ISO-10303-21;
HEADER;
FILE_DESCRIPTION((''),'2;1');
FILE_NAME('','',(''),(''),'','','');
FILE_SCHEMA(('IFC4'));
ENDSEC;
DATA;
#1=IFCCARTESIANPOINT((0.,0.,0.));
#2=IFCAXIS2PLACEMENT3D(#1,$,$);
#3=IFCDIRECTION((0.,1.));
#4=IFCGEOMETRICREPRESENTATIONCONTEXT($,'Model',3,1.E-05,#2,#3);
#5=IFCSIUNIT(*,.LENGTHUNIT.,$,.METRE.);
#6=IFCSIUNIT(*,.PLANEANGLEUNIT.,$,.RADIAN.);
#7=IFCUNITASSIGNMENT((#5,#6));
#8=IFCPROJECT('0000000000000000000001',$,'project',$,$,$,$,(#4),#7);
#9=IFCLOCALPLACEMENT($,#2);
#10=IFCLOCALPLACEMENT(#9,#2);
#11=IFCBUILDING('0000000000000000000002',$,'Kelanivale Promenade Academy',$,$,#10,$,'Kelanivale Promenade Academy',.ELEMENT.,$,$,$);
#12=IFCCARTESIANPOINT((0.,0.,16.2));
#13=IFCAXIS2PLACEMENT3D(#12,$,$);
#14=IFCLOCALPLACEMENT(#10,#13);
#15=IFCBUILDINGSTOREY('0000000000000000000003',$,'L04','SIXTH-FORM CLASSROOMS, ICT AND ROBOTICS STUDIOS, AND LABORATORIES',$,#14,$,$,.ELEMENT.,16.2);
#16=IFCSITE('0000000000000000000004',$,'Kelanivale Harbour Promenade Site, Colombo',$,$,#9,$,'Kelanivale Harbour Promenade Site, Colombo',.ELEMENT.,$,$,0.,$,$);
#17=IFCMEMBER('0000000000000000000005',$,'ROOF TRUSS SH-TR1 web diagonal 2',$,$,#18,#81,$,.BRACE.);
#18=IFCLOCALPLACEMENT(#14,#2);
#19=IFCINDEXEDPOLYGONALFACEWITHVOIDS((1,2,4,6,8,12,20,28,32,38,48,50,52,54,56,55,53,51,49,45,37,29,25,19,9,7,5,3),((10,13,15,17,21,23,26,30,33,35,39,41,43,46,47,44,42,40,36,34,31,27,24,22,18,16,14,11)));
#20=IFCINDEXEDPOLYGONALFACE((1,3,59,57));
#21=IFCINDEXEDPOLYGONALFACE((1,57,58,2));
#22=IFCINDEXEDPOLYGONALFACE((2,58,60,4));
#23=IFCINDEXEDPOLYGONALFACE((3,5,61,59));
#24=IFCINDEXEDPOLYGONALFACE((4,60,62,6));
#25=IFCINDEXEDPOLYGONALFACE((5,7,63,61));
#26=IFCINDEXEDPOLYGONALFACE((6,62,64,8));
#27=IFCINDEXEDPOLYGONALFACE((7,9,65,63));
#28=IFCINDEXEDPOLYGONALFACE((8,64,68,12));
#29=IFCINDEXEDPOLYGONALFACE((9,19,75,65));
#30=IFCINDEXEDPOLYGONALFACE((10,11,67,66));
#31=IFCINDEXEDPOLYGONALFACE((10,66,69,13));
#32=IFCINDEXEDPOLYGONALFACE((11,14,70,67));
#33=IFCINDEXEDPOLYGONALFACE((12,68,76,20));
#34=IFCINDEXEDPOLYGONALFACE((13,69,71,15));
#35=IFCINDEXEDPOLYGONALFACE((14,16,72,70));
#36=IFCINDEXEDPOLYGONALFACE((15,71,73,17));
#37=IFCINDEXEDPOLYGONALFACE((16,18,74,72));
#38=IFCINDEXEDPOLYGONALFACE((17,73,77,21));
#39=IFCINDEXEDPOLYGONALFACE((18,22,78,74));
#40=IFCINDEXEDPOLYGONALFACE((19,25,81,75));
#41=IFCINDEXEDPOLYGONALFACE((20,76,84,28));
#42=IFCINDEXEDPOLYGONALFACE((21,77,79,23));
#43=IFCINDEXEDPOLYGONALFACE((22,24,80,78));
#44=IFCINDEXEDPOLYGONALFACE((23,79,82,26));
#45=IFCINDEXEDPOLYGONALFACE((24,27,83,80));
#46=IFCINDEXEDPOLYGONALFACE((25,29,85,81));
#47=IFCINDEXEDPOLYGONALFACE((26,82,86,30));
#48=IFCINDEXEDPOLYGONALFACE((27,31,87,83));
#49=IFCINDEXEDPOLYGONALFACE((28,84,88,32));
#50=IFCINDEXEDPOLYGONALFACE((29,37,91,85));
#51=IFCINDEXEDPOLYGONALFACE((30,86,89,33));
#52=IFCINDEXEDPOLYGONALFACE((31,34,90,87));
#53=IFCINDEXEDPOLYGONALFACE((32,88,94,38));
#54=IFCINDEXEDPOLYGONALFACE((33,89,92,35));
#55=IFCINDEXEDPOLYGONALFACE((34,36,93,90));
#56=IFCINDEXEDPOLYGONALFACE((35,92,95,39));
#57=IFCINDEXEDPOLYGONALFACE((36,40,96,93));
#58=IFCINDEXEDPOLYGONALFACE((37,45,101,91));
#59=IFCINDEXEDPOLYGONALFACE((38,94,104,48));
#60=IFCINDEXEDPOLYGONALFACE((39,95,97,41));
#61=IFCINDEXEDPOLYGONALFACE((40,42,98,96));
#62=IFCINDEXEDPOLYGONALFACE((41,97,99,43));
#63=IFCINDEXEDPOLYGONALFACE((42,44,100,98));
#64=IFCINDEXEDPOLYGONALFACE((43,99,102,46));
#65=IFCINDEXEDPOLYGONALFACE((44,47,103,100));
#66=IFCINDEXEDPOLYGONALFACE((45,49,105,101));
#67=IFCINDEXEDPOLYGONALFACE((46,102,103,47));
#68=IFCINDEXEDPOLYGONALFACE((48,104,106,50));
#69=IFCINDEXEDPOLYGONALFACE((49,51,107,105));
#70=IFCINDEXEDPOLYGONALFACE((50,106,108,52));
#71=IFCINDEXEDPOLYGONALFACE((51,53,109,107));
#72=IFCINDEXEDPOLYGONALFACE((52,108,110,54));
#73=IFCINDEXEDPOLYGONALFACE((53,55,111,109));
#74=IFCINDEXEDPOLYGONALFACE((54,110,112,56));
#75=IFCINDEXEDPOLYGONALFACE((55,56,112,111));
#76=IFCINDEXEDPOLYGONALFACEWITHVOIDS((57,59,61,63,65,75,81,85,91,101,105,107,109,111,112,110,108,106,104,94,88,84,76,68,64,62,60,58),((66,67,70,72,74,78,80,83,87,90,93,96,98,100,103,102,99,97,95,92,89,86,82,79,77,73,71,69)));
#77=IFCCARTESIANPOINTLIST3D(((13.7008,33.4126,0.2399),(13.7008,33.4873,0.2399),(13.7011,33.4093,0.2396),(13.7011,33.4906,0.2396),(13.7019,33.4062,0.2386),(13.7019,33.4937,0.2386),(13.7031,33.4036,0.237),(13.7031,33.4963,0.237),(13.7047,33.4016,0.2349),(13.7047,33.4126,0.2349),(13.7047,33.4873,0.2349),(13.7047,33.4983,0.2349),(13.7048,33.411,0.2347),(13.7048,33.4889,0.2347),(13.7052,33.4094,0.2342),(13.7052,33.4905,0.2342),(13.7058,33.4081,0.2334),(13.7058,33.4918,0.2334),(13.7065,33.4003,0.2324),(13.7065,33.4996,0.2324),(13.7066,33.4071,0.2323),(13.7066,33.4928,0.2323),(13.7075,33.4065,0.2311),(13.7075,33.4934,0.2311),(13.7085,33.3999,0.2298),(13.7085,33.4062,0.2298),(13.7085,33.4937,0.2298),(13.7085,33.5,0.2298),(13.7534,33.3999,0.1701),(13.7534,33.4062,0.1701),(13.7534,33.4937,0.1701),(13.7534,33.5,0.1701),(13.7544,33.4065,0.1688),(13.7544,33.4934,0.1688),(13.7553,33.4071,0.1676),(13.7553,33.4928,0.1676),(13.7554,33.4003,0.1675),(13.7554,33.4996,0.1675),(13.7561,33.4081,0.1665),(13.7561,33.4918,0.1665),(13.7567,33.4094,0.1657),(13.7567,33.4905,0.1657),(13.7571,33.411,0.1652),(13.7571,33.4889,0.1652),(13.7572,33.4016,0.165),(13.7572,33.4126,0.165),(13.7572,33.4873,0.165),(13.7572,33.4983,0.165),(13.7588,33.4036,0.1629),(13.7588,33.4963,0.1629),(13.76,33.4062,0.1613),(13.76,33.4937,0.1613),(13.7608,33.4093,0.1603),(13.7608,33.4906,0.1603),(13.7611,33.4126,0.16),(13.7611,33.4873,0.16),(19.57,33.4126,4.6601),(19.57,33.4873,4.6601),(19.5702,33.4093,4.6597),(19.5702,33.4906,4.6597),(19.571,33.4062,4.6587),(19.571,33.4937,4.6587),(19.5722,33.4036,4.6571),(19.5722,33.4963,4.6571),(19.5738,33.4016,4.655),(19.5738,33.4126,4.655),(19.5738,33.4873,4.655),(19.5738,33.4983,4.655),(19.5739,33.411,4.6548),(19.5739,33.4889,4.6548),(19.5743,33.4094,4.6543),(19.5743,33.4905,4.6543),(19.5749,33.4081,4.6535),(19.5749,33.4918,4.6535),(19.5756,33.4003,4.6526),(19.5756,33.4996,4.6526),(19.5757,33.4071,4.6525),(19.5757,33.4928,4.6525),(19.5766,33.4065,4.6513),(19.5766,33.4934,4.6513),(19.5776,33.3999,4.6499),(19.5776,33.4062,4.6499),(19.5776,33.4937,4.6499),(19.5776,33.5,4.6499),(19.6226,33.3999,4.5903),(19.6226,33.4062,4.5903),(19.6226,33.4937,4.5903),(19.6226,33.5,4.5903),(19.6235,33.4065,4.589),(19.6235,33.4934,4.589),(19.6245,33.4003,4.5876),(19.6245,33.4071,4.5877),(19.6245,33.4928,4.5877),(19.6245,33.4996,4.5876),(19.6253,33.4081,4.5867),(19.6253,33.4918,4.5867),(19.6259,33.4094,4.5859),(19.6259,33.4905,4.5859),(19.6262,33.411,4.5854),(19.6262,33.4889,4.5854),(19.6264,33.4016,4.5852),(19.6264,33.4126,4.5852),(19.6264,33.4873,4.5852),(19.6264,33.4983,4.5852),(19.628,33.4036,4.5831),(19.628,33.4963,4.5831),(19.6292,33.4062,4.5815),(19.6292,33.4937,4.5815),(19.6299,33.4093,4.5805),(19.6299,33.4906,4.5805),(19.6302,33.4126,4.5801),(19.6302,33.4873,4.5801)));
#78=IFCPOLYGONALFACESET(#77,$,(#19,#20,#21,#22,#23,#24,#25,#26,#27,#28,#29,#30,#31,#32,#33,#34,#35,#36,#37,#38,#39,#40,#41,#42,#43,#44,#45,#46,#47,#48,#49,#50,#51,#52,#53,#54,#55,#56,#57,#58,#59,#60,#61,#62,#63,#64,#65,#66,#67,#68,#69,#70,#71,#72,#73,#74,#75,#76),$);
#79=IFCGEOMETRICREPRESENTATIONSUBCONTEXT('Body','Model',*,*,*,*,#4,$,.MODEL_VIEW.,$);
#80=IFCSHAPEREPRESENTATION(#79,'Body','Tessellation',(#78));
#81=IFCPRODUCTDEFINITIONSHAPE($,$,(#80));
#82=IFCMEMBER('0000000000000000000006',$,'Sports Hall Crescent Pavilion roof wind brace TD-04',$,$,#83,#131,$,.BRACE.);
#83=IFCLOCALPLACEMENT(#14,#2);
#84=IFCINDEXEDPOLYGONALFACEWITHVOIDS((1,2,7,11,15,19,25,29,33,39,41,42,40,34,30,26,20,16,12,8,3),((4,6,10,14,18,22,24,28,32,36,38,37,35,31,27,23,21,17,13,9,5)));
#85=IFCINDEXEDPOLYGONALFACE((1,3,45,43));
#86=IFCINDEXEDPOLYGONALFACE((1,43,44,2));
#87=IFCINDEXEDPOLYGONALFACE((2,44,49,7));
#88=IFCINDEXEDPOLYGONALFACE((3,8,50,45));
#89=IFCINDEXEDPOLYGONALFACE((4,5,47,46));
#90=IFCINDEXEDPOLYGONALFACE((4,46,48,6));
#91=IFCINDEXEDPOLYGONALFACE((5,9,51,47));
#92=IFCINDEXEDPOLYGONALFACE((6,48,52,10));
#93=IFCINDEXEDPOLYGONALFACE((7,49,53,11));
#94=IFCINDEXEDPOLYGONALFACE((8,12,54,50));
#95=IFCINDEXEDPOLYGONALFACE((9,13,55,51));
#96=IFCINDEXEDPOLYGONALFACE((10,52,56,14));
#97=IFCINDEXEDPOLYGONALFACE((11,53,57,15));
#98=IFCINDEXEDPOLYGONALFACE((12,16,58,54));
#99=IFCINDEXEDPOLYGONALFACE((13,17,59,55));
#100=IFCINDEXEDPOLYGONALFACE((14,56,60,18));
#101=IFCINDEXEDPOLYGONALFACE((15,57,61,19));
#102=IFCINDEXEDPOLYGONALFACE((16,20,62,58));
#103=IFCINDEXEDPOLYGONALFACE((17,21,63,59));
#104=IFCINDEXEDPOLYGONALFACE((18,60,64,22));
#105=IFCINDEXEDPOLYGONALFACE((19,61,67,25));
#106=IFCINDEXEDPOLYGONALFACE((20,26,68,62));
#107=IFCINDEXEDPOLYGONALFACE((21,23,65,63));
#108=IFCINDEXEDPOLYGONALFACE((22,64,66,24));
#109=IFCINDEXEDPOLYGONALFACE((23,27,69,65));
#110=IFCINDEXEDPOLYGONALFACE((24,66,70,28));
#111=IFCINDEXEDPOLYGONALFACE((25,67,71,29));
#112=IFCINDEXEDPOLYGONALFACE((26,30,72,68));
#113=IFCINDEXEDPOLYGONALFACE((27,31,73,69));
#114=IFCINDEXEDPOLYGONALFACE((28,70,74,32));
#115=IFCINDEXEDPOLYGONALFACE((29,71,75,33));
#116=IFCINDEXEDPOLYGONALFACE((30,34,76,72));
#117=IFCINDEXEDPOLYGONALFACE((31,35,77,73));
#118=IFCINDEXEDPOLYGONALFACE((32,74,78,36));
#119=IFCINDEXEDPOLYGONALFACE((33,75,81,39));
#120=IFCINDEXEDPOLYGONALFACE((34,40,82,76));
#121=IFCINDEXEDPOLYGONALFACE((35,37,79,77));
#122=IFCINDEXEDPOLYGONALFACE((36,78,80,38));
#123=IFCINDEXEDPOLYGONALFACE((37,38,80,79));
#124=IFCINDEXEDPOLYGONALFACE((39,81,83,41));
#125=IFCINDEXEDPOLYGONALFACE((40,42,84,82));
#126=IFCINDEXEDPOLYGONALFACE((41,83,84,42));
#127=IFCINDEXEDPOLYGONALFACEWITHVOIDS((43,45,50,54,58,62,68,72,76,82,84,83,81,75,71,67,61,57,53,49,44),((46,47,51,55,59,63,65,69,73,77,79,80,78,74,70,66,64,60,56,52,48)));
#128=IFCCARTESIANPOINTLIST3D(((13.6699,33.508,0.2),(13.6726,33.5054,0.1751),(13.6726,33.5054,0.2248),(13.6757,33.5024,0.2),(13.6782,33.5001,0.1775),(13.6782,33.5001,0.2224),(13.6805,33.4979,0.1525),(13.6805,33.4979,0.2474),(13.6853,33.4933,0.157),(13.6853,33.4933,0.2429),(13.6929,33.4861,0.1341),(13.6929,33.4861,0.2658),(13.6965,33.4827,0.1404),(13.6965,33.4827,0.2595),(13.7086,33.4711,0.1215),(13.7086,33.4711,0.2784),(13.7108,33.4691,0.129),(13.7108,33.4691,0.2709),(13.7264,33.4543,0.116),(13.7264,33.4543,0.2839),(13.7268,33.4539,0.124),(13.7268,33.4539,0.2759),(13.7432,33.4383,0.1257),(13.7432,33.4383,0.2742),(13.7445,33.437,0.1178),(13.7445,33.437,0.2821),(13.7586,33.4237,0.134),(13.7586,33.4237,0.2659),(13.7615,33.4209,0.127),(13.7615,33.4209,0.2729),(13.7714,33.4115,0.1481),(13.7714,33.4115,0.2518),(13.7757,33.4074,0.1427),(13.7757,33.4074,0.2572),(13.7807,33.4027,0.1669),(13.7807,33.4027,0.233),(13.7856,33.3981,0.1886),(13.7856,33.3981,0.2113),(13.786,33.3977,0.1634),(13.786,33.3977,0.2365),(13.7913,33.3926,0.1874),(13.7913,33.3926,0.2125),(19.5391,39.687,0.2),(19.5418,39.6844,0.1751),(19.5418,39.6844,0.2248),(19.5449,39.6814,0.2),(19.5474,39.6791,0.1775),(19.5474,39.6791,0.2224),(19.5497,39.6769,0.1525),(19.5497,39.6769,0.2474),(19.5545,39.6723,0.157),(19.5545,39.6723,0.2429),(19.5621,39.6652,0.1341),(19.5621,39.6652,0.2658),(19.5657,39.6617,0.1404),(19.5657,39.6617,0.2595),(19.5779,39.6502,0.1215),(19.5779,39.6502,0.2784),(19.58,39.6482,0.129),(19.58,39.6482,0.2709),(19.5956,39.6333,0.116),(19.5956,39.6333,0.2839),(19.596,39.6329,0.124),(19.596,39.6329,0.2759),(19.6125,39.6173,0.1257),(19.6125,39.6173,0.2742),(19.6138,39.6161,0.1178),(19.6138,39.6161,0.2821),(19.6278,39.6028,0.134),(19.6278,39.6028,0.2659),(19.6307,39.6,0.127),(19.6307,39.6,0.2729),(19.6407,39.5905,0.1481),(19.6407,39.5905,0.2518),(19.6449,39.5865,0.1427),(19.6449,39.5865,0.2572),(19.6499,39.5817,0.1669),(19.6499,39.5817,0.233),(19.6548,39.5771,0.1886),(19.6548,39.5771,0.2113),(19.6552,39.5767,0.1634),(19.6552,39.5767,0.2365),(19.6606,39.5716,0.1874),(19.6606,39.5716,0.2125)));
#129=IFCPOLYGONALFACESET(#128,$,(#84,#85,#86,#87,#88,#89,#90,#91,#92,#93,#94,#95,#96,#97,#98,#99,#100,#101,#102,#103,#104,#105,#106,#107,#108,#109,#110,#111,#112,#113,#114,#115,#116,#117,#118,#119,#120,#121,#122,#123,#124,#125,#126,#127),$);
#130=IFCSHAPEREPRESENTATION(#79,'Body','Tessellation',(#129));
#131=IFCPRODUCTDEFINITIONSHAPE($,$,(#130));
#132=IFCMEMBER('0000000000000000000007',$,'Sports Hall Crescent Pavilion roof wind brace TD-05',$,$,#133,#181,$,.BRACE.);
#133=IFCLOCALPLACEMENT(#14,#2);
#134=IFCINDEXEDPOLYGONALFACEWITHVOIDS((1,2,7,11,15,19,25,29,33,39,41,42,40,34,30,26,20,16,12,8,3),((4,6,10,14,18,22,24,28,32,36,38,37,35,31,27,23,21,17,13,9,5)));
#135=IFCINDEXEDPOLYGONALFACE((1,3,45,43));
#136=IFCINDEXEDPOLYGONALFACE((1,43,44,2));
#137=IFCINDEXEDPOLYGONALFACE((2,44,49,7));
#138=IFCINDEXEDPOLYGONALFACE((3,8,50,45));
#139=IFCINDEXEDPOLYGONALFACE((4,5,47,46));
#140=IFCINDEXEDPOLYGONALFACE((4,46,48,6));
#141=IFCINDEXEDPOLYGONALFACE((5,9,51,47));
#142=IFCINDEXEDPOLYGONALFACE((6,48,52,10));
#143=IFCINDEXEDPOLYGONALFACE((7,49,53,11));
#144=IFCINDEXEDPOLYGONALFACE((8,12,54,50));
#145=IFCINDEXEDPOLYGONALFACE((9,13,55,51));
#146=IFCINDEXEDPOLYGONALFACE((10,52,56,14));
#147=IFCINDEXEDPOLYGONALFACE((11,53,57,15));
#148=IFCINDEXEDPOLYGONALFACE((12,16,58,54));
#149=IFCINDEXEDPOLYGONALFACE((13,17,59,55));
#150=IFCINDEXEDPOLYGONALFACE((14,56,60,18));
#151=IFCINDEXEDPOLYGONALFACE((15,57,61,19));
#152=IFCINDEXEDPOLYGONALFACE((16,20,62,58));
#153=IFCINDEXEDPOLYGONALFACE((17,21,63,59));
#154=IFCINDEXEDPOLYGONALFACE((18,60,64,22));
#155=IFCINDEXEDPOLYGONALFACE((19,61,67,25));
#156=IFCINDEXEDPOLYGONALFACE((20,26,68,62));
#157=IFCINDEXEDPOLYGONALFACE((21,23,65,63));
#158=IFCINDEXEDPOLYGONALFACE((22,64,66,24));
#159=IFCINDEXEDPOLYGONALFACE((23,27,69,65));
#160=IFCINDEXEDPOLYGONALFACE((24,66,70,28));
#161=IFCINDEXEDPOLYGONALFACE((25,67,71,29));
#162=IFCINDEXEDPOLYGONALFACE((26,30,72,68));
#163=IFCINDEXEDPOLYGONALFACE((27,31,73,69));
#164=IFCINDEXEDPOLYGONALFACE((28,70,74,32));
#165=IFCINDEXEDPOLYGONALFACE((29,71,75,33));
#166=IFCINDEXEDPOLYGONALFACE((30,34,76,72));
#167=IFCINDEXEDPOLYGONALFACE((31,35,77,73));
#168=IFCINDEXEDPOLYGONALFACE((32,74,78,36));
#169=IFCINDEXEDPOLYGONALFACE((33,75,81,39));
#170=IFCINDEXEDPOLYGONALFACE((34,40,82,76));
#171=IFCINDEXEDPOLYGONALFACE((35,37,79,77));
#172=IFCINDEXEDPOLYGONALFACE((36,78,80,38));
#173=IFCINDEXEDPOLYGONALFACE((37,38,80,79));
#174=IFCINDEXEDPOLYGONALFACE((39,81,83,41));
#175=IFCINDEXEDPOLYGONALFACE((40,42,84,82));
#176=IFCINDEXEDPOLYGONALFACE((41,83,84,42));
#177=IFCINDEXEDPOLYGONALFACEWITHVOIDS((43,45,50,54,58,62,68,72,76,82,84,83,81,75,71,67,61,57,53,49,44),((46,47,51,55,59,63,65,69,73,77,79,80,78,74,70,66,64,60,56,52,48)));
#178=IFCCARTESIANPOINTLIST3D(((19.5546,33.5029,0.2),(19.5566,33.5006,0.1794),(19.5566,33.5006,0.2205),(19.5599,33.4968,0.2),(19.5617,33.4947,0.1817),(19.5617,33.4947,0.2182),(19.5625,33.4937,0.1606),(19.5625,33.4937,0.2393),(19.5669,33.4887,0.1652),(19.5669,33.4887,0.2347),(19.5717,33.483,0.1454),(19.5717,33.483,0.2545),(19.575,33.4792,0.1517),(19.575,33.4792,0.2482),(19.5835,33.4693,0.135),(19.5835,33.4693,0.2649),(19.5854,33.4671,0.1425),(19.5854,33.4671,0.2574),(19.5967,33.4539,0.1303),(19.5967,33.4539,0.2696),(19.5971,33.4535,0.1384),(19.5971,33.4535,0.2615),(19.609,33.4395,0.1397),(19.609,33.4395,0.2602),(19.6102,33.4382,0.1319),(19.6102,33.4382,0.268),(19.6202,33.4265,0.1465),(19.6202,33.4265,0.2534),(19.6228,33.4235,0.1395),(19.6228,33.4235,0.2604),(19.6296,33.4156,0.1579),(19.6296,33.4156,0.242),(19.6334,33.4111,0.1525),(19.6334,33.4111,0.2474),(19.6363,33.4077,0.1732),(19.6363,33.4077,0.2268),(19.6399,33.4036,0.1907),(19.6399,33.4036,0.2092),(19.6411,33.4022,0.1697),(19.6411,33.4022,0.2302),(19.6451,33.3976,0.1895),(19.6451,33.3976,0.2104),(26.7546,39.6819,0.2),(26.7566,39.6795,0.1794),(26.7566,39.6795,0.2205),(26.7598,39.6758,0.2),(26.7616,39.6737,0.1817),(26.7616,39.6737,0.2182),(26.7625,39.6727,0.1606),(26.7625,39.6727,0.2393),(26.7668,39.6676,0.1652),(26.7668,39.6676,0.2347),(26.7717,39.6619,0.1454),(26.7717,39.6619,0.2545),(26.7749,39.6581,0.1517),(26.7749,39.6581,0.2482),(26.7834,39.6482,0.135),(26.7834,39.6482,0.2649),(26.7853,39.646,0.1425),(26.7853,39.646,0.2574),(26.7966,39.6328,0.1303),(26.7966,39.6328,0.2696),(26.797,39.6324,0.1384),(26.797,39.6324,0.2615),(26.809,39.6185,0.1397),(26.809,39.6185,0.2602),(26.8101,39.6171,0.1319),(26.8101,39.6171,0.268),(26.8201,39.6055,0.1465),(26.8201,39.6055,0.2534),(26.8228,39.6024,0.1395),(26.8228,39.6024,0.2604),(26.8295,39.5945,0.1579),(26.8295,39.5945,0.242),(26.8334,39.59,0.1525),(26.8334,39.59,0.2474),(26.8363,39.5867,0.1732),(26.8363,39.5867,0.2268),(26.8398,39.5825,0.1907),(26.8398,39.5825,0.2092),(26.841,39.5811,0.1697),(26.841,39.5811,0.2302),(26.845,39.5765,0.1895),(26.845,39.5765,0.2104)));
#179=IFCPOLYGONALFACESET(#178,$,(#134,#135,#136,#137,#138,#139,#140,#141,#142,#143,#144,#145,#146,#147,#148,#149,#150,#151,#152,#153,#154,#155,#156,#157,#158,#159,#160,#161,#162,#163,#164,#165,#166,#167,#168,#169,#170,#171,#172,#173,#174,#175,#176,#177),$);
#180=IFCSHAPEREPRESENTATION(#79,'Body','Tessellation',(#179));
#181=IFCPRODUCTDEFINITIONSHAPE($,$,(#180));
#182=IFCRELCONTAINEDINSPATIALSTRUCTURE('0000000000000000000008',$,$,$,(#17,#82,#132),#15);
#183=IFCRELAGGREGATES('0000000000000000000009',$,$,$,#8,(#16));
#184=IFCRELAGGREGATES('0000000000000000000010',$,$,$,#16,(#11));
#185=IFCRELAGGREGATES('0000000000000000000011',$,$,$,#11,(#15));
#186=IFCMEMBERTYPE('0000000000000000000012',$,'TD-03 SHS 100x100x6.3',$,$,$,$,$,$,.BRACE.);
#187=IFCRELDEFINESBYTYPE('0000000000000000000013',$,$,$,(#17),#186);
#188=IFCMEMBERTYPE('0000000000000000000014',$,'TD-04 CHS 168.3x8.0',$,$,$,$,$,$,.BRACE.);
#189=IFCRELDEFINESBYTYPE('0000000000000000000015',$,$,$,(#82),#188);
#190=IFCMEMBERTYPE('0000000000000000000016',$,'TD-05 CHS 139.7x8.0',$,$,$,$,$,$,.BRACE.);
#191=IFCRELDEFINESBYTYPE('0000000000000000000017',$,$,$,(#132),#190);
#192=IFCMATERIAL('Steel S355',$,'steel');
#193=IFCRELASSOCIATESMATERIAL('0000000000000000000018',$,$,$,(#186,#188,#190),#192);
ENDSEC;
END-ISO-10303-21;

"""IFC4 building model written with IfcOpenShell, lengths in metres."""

from ifc_helpers import new_model, si_unit, direction, frame, origin, origin_2d, place, context, subcontext, project, spatial, hollow_rectangle, hollow_circle, extrude, material, material_profile, profile_set, type_object, element, save


model = new_model("IFC4")

# Units and contexts
model_context = context("Model", 3, precision=1e-05, world=origin(), true_north=direction((0.0, 1.0)))
body_context = subcontext(model_context, "Body", "Model", "MODEL_VIEW")
ifc_project = project(units=[si_unit("LENGTHUNIT", "METRE"), si_unit("PLANEANGLEUNIT", "RADIAN")], contexts=[model_context])

# Site, building, storey
site_placement = place(None, origin())
site = spatial("IfcSite", under=ifc_project, at=site_placement, Name="Kelanivale Harbour Promenade Site, Colombo", LongName="Kelanivale Harbour Promenade Site, Colombo", CompositionType="ELEMENT", RefElevation=0.0)
building_placement = place(site_placement, origin())
building = spatial("IfcBuilding", under=site, at=building_placement, Name="Kelanivale Promenade Academy", LongName="Kelanivale Promenade Academy", CompositionType="ELEMENT")
storey_placement = place(building_placement, frame((0.0, 0.0, 16.2)))
storey = spatial("IfcBuildingStorey", under=building, at=storey_placement, Name="L04", Description="SIXTH-FORM CLASSROOMS, ICT AND ROBOTICS STUDIOS, AND LABORATORIES", CompositionType="ELEMENT", Elevation=16.2)

# Members
ifc_material = material(Name="Steel S355", Category="steel")
ifc_material_profile_1 = material_profile(ifc_material, hollow_rectangle(XDim=0.1001, YDim=0.1001, WallThickness=0.0063, InnerFilletRadius=0.0063, OuterFilletRadius=0.0127, at=origin_2d()), Name="SHS 100x100x6.3")
ifc_profile_set_1 = profile_set([ifc_material_profile_1], Name="Steel S355")
member_type_1 = type_object("IfcMemberType", Name="TD-03 SHS 100x100x6.3", PredefinedType="BRACE", material=ifc_profile_set_1)
member_1_placement = place(storey_placement, frame((13.731, 33.45, 0.2), z_axis=(0.798802, 0.0, 0.601594), x_axis=(0.0, 1.0, 0.0)))
element("IfcMember", 1, at=member_1_placement, inside=storey, type_object=member_type_1, Name="ROOF TRUSS SH-TR1 web diagonal 2", PredefinedType="BRACE", context=body_context, shape_type="SweptSolid", body=[
    extrude(hollow_rectangle(XDim=0.1001, YDim=0.1001, WallThickness=0.0063, InnerFilletRadius=0.0063, OuterFilletRadius=0.0127, at=origin_2d()), origin(), (0.0, 0.0, 1.0), 7.3474),
])
ifc_material_profile_2 = material_profile(ifc_material, hollow_circle(Radius=0.0842, WallThickness=0.0081, at=origin_2d()), Name="CHS 168.3x8.0")
ifc_profile_set_2 = profile_set([ifc_material_profile_2], Name="Steel S355")
member_type_2 = type_object("IfcMemberType", Name="TD-04 CHS 168.3x8.0", PredefinedType="BRACE", material=ifc_profile_set_2)
member_2_placement = place(storey_placement, frame((13.731, 33.45, 0.2), z_axis=(0.688696, 0.72505, 0.0), x_axis=(-0.72505, 0.688696, 0.0)))
element("IfcMember", 2, at=member_2_placement, inside=storey, type_object=member_type_2, Name="Sports Hall Crescent Pavilion roof wind brace TD-04", PredefinedType="BRACE", context=body_context, shape_type="SweptSolid", body=[
    extrude(hollow_circle(Radius=0.0842, WallThickness=0.0081, at=origin_2d()), origin(), (0.0, 0.0, 1.0), 8.5222),
])
ifc_material_profile_3 = material_profile(ifc_material, hollow_circle(Radius=0.0698, WallThickness=0.0081, at=origin_2d()), Name="CHS 139.7x8.0")
ifc_profile_set_3 = profile_set([ifc_material_profile_3], Name="Steel S355")
member_type_3 = type_object("IfcMemberType", Name="TD-05 CHS 139.7x8.0", PredefinedType="BRACE", material=ifc_profile_set_3)
member_3_placement = place(storey_placement, frame((19.6001, 33.45, 0.2), z_axis=(0.758862, 0.651251, 0.0), x_axis=(-0.651251, 0.758862, 0.0)))
element("IfcMember", 3, at=member_3_placement, inside=storey, type_object=member_type_3, Name="Sports Hall Crescent Pavilion roof wind brace TD-05", PredefinedType="BRACE", context=body_context, shape_type="SweptSolid", body=[
    extrude(hollow_circle(Radius=0.0698, WallThickness=0.0081, at=origin_2d()), origin(), (0.0, 0.0, 1.0), 9.4878),
])

save(model, "model.ifc")
